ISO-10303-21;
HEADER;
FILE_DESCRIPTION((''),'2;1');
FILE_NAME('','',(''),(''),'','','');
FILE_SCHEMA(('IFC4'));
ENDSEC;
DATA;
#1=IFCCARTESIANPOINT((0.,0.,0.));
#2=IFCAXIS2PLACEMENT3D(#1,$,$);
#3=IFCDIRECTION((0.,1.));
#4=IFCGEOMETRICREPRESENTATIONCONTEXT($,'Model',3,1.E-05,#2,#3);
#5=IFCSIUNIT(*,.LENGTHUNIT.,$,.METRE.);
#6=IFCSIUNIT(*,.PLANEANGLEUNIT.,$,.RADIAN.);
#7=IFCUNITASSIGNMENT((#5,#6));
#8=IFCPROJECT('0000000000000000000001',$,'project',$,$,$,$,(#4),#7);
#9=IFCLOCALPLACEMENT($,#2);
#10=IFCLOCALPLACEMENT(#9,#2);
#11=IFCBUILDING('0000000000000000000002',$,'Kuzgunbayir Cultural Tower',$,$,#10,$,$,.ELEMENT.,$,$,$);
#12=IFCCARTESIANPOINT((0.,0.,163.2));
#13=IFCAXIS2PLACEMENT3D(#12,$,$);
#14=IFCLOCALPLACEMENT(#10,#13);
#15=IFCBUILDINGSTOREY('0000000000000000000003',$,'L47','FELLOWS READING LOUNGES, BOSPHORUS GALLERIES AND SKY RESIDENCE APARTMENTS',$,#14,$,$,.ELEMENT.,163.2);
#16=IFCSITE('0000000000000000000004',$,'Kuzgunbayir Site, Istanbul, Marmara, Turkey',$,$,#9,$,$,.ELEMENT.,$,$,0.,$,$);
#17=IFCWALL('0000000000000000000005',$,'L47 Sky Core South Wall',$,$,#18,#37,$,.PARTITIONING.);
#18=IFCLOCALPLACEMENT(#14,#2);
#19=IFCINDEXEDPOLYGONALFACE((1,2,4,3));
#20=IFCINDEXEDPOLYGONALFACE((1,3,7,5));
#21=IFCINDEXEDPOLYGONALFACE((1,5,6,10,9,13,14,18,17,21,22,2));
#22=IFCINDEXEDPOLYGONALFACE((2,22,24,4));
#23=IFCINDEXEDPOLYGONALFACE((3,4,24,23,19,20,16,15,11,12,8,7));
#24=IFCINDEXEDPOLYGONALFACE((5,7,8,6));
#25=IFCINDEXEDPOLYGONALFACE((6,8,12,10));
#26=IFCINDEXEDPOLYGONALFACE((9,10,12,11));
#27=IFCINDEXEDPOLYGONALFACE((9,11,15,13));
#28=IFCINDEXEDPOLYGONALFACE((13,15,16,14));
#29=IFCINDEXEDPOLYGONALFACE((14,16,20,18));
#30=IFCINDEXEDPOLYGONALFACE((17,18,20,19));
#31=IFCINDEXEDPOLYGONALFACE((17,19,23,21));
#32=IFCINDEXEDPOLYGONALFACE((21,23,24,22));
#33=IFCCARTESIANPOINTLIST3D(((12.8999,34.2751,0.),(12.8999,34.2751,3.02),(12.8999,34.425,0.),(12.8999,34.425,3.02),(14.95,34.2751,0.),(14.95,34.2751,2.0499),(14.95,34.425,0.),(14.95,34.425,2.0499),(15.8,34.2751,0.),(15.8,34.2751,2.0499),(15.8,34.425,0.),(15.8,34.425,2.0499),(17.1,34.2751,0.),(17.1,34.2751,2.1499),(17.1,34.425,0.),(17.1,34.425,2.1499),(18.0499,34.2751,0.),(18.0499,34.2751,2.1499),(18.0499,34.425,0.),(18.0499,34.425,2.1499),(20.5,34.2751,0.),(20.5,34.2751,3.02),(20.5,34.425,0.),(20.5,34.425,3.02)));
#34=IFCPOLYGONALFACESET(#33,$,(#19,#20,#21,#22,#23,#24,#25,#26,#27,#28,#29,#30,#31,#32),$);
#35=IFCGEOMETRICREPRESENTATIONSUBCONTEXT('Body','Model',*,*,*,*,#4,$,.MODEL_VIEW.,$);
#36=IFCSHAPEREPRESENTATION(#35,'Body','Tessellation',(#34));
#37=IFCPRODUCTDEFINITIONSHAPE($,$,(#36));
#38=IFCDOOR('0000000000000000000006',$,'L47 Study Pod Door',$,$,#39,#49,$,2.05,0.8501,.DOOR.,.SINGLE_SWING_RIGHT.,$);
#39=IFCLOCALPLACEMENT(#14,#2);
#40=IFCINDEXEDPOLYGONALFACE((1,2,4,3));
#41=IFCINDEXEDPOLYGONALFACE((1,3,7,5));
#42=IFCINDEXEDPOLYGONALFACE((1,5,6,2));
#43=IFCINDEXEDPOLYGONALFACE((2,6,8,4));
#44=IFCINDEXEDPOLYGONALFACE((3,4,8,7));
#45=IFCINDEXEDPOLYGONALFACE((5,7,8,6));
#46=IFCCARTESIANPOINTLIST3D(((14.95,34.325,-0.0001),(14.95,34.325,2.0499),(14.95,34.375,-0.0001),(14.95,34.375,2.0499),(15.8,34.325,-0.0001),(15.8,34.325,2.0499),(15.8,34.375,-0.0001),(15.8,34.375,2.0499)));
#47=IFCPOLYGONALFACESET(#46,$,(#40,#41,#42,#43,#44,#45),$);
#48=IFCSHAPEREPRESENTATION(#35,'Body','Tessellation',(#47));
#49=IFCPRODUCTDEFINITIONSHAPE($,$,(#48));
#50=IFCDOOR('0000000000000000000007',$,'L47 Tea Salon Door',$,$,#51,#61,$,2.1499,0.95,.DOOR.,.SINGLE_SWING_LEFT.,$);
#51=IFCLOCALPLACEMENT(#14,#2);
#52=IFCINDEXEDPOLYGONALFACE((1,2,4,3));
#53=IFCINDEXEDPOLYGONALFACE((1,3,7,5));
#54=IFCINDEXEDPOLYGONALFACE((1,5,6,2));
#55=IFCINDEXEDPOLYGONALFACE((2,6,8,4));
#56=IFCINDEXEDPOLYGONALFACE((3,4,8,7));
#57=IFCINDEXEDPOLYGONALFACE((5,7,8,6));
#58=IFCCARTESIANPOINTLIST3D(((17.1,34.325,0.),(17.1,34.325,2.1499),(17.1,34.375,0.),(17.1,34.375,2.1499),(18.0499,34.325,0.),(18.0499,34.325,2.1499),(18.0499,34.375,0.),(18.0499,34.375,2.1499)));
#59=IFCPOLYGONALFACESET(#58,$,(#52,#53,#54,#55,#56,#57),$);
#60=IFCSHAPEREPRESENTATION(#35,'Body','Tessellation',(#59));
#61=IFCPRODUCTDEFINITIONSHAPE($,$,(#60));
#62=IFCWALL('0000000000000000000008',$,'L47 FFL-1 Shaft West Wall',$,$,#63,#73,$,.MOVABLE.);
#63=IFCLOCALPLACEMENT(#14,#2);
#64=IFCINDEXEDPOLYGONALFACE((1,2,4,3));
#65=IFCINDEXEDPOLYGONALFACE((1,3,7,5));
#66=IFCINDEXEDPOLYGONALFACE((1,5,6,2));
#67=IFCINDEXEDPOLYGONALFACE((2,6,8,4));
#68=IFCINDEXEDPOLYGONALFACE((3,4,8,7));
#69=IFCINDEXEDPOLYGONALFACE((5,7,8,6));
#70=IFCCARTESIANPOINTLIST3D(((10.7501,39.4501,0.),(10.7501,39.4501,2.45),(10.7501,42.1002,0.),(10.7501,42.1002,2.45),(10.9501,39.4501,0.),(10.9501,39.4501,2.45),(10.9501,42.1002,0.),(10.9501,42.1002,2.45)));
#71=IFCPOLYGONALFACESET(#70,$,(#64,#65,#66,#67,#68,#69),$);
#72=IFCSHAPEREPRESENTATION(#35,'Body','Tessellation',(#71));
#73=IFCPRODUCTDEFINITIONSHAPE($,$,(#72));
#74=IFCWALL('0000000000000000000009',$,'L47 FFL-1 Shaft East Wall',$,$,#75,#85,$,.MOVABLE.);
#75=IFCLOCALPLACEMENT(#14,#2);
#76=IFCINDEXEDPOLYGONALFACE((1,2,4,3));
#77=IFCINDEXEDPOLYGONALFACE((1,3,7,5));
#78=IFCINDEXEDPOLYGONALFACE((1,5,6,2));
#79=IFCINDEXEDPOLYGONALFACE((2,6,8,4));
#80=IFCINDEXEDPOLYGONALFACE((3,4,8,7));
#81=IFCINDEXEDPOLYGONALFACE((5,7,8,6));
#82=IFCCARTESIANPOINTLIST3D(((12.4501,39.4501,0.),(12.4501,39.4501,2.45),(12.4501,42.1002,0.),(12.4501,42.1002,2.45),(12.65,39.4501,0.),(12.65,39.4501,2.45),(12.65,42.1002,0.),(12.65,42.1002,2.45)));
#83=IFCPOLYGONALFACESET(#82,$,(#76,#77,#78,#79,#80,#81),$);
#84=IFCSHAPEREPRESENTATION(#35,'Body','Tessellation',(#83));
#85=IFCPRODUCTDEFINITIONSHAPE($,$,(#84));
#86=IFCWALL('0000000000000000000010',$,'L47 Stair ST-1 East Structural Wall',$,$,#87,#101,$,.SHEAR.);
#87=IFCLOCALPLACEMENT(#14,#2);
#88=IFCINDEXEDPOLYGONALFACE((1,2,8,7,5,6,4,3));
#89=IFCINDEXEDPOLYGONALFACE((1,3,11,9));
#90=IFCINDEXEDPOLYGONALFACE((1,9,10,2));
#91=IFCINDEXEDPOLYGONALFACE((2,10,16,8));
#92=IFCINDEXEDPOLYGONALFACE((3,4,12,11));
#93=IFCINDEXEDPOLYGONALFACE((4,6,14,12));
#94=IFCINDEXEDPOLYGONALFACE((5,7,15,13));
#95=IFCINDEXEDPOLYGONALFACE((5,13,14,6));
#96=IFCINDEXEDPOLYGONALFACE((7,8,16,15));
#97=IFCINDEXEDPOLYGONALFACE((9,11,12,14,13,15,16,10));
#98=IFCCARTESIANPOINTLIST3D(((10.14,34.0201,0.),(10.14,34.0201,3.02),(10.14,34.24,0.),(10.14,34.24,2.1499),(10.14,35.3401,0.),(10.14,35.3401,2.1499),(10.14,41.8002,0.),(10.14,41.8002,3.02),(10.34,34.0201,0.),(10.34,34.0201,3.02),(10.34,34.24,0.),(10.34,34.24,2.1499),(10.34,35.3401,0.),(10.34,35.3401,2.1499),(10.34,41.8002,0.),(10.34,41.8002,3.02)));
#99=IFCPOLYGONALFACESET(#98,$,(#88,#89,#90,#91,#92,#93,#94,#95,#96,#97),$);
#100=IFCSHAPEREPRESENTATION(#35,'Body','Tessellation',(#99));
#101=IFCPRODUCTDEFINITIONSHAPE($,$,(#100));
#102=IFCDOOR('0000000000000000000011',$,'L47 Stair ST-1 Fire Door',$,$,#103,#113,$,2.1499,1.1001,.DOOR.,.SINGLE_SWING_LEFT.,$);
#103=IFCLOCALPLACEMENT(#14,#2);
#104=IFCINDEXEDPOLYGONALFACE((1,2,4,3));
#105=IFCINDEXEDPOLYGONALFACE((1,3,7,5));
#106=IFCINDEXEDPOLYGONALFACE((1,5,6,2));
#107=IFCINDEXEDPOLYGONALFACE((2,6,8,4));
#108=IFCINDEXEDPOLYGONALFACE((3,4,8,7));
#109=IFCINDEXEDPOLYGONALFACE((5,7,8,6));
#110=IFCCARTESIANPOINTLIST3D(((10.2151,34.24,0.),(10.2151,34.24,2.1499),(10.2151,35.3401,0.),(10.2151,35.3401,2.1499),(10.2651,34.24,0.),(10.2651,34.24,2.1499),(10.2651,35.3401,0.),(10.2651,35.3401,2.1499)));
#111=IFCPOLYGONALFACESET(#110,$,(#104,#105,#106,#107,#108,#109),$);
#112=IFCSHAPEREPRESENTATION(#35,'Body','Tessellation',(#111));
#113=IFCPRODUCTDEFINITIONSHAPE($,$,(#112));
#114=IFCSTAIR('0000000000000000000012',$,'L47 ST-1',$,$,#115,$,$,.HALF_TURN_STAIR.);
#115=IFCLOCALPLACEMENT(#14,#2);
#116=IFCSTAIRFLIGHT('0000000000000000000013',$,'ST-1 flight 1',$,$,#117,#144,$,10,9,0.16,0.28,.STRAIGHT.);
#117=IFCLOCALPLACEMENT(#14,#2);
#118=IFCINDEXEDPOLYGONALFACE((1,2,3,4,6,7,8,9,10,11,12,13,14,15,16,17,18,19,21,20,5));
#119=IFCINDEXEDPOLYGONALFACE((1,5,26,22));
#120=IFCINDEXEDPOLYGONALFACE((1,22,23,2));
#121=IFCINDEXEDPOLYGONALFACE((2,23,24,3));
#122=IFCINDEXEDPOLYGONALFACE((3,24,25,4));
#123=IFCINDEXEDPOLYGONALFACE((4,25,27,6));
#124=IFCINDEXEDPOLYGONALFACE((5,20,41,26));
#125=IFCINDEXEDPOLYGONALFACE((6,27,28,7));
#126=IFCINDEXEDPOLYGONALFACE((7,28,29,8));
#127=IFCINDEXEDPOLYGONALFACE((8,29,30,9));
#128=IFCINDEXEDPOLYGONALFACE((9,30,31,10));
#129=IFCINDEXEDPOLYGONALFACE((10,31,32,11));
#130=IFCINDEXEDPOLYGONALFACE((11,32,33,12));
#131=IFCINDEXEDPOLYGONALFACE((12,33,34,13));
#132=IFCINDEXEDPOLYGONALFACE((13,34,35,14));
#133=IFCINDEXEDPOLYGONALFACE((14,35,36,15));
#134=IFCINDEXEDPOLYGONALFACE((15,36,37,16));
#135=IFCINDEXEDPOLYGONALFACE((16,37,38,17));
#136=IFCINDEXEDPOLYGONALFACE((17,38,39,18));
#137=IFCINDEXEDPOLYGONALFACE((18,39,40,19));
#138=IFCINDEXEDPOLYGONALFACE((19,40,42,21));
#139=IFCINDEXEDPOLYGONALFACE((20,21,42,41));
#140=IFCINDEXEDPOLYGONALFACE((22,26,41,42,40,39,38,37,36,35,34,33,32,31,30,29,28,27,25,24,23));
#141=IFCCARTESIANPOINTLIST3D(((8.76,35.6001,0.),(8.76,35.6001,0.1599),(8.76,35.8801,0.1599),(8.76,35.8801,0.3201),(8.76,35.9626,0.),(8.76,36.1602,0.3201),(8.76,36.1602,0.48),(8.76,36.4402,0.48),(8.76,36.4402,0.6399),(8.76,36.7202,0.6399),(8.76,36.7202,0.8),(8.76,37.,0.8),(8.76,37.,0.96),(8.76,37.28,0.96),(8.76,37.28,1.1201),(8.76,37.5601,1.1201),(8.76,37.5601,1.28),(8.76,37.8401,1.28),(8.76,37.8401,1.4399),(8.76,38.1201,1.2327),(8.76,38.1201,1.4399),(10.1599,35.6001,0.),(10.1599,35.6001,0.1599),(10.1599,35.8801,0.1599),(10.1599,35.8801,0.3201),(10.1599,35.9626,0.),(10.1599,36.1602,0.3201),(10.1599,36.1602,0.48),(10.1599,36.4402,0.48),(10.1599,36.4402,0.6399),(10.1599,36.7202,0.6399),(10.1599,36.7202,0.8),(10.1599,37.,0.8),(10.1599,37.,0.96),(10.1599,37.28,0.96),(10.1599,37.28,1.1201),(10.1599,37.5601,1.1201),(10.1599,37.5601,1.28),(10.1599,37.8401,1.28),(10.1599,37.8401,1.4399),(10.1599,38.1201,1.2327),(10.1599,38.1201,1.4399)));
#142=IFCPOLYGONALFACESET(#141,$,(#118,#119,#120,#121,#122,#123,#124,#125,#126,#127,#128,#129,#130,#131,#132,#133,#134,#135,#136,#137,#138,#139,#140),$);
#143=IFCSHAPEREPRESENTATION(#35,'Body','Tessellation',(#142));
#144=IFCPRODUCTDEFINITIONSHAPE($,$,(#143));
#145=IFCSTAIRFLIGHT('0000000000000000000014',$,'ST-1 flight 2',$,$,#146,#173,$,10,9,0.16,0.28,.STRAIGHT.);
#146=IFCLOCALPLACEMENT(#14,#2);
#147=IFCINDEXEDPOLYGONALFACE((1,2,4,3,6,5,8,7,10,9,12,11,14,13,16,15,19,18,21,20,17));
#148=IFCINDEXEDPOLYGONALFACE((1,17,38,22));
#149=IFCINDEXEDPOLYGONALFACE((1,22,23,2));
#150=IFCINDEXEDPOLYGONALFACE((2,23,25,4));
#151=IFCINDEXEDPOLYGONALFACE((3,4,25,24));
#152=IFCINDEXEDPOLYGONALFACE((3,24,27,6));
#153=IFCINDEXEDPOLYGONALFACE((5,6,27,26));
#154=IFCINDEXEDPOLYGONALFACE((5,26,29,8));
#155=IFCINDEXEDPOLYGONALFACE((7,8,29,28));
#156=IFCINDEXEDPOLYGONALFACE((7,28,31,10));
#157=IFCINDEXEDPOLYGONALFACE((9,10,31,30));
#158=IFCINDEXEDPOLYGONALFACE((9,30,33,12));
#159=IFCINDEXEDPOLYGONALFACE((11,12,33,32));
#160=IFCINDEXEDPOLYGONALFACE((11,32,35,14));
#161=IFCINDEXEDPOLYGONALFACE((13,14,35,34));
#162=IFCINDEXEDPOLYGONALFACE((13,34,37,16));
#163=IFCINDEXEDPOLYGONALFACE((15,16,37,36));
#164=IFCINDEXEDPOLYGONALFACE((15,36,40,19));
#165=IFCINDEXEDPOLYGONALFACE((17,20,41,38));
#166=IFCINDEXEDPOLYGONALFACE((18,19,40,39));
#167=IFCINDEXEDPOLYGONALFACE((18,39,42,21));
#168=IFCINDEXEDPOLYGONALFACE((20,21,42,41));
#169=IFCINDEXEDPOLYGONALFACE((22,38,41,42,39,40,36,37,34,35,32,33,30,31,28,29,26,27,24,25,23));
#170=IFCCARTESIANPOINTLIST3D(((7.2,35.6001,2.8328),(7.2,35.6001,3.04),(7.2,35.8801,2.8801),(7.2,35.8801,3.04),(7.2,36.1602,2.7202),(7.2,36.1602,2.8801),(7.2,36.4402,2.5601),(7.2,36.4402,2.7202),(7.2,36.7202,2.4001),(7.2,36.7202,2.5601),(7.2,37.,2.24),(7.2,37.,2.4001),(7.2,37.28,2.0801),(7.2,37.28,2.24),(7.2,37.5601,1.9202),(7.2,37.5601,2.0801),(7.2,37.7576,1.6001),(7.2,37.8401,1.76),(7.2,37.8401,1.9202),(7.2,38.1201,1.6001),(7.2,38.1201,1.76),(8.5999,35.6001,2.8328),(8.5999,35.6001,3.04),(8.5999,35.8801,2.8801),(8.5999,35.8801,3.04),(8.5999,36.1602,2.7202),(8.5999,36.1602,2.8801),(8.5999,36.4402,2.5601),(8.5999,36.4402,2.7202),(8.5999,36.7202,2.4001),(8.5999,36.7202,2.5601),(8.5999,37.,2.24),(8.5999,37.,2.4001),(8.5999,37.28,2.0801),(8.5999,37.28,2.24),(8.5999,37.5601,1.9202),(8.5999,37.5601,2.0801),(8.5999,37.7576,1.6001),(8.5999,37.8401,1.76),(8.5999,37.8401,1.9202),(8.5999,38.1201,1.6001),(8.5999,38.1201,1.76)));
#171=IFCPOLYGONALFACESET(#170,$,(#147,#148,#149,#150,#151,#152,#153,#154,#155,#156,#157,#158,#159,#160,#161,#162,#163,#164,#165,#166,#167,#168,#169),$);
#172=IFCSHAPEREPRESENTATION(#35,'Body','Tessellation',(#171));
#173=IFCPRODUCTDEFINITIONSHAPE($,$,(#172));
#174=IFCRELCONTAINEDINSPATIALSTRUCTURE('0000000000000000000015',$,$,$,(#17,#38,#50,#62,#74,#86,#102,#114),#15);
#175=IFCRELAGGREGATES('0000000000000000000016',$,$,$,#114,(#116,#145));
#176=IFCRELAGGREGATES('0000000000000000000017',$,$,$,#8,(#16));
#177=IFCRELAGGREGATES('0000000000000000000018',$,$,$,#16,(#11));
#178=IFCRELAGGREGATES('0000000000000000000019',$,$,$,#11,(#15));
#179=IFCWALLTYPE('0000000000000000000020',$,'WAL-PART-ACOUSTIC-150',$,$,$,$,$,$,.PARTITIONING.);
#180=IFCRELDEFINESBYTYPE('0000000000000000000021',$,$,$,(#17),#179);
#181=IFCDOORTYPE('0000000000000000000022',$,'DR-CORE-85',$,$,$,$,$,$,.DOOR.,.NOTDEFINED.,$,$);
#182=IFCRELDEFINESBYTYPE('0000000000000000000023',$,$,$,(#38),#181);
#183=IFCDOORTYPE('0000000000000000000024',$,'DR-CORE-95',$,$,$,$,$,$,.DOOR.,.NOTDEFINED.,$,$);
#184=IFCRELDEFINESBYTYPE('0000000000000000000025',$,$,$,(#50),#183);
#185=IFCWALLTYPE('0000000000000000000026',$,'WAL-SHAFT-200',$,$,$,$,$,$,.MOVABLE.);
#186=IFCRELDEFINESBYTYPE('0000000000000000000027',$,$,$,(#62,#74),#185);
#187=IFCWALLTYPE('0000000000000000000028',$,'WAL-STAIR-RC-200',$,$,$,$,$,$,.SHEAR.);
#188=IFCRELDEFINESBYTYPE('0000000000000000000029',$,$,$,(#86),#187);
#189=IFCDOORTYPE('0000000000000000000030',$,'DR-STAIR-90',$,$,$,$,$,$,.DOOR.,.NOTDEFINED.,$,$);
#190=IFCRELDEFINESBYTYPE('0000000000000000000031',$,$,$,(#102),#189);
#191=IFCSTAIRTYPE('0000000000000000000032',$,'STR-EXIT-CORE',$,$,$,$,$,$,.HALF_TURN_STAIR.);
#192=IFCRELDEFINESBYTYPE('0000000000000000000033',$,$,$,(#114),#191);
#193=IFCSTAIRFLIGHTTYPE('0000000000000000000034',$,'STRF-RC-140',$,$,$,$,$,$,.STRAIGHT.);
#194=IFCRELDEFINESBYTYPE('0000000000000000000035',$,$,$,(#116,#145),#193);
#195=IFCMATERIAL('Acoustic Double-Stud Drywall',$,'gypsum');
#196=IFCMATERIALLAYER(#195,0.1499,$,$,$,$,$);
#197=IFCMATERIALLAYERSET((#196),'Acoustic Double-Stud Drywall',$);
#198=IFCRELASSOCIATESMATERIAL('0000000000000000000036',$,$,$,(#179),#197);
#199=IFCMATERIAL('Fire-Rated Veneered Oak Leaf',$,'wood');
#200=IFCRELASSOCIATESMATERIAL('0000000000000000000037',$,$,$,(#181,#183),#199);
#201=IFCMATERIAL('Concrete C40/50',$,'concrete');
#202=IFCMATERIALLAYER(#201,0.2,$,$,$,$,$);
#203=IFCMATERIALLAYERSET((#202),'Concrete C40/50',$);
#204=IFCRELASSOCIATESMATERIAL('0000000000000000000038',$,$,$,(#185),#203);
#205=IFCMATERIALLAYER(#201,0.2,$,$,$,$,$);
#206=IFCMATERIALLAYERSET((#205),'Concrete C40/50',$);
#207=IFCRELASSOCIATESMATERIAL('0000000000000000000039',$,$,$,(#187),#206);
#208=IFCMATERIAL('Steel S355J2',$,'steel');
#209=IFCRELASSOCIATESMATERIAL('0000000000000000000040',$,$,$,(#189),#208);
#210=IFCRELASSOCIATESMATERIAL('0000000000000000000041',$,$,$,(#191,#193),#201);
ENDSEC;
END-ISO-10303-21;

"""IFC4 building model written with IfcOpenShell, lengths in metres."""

from ifc_helpers import new_model, si_unit, direction, frame, frame_2d, origin, place, context, subcontext, project, spatial, polyline, rectangle, outline, extrude, material, layer, layer_set, type_object, element, fill, aggregate, save


model = new_model("IFC4")

# Units and contexts
model_context = context("Model", 3, precision=1e-05, world=origin(), true_north=direction((0.0, 1.0)))
body_context = subcontext(model_context, "Body", "Model", "MODEL_VIEW")
ifc_project = project(units=[si_unit("LENGTHUNIT", "METRE"), si_unit("PLANEANGLEUNIT", "RADIAN")], contexts=[model_context])

# Site, building, storey
site_placement = place(None, origin())
site = spatial("IfcSite", under=ifc_project, at=site_placement, Name="Kuzgunbayir Site, Istanbul, Marmara, Turkey", CompositionType="ELEMENT", RefElevation=0.0)
building_placement = place(site_placement, origin())
building = spatial("IfcBuilding", under=site, at=building_placement, Name="Kuzgunbayir Cultural Tower", CompositionType="ELEMENT")
storey_placement = place(building_placement, frame((0.0, 0.0, 163.2)))
storey = spatial("IfcBuildingStorey", under=building, at=storey_placement, Name="L47", Description="FELLOWS READING LOUNGES, BOSPHORUS GALLERIES AND SKY RESIDENCE APARTMENTS", CompositionType="ELEMENT", Elevation=163.2)

# Shared definitions
ifc_material_1 = material(Name="Steel S355J2", Category="steel")

# Wall, openings, doors
ifc_material_2 = material(Name="Acoustic Double-Stud Drywall", Category="gypsum")
ifc_layer_1 = layer(ifc_material_2, 0.1499)
ifc_layer_set_1 = layer_set([ifc_layer_1], Name="Acoustic Double-Stud Drywall")
wall_type_1 = type_object("IfcWallType", Name="WAL-PART-ACOUSTIC-150", PredefinedType="PARTITIONING", material=ifc_layer_set_1)
wall_1_placement = place(storey_placement, frame((12.8999, 34.3501, 0.0), z_axis=(0.0, 0.0, 1.0), x_axis=(1.0, 0.0, 0.0)))
wall_1 = element("IfcWall", 1, at=wall_1_placement, inside=storey, type_object=wall_type_1, Name="L47 Sky Core South Wall", PredefinedType="PARTITIONING", context=body_context, shape_type="SweptSolid", body=[
    extrude(rectangle(XDim=7.6001, YDim=0.1499, at=frame_2d((3.8, 0.0))), origin(), (0.0, 0.0, 1.0), 3.02),
])
opening_1_placement = place(wall_1_placement, frame((2.05, 0.0, 0.0)))
opening_1 = element("IfcOpeningElement", 2, at=opening_1_placement, cuts=wall_1, PredefinedType="OPENING", context=body_context, shape_type="SweptSolid", body=[
    extrude(rectangle(XDim=0.8501, YDim=2.05, at=frame_2d((0.425, 1.0249))), frame((0.0, 0.085, 0.0), z_axis=(0.0, -1.0, 0.0), x_axis=(1.0, 0.0, 0.0)), (0.0, 0.0, 1.0), 0.1699),
])
opening_2_placement = place(wall_1_placement, frame((4.2, 0.0, 0.0)))
opening_2 = element("IfcOpeningElement", 3, at=opening_2_placement, cuts=wall_1, PredefinedType="OPENING", context=body_context, shape_type="SweptSolid", body=[
    extrude(rectangle(XDim=0.95, YDim=2.1499, at=frame_2d((0.4751, 1.075))), frame((0.0, 0.085, 0.0), z_axis=(0.0, -1.0, 0.0), x_axis=(1.0, 0.0, 0.0)), (0.0, 0.0, 1.0), 0.1699),
])
ifc_material_3 = material(Name="Fire-Rated Veneered Oak Leaf", Category="wood")
door_type_1 = type_object("IfcDoorType", Name="DR-CORE-85", OperationType="NOTDEFINED", PredefinedType="DOOR", material=ifc_material_3)
door_1_placement = place(opening_1_placement, origin())
door_1 = element("IfcDoor", 4, at=door_1_placement, inside=storey, type_object=door_type_1, Name="L47 Study Pod Door", OperationType="SINGLE_SWING_RIGHT", OverallHeight=2.05, OverallWidth=0.8501, PredefinedType="DOOR", context=body_context, shape_type="SweptSolid", body=[
    extrude(rectangle(XDim=0.8501, YDim=2.05, at=frame_2d((0.425, 1.0249))), frame((0.0, 0.0249, 0.0), z_axis=(0.0, -1.0, 0.0), x_axis=(1.0, 0.0, 0.0)), (0.0, 0.0, 1.0), 0.05),
])
fill(opening_1, door_1)
door_type_2 = type_object("IfcDoorType", Name="DR-CORE-95", OperationType="NOTDEFINED", PredefinedType="DOOR", material=ifc_material_3)
door_2_placement = place(opening_2_placement, origin())
door_2 = element("IfcDoor", 5, at=door_2_placement, inside=storey, type_object=door_type_2, Name="L47 Tea Salon Door", OperationType="SINGLE_SWING_LEFT", OverallHeight=2.1499, OverallWidth=0.95, PredefinedType="DOOR", context=body_context, shape_type="SweptSolid", body=[
    extrude(rectangle(XDim=0.95, YDim=2.1499, at=frame_2d((0.4751, 1.075))), frame((0.0, 0.0249, 0.0), z_axis=(0.0, -1.0, 0.0), x_axis=(1.0, 0.0, 0.0)), (0.0, 0.0, 1.0), 0.05),
])
fill(opening_2, door_2)

# Shared definitions
ifc_material_4 = material(Name="Concrete C40/50", Category="concrete")
ifc_layer_2 = layer(ifc_material_4, 0.2)
ifc_layer_set_2 = layer_set([ifc_layer_2], Name="Concrete C40/50")
wall_type_2 = type_object("IfcWallType", Name="WAL-SHAFT-200", PredefinedType="MOVABLE", material=ifc_layer_set_2)

# Walls
for number, where, z_axis, x_axis, name in (
    (6, (10.8501, 39.45, 0.0), (0.0, 0.0, 1.0), (0.0, 1.0, 0.0), "L47 FFL-1 Shaft West Wall"),
    (7, (12.55, 39.45, 0.0), (0.0, 0.0, 1.0), (0.0, 1.0, 0.0), "L47 FFL-1 Shaft East Wall"),
):
    element("IfcWall", number, at=place(storey_placement, frame(where, z_axis=z_axis, x_axis=x_axis)), inside=storey, type_object=wall_type_2, Name=name, PredefinedType="MOVABLE", context=body_context, shape_type="SweptSolid", body=[
        extrude(rectangle(XDim=2.6501, YDim=0.2, at=frame_2d((1.3252, 0.0))), origin(), (0.0, 0.0, 1.0), 2.45),
    ])

# Wall, opening, door
ifc_layer_3 = layer(ifc_material_4, 0.2)
ifc_layer_set_3 = layer_set([ifc_layer_3], Name="Concrete C40/50")
wall_type_3 = type_object("IfcWallType", Name="WAL-STAIR-RC-200", PredefinedType="SHEAR", material=ifc_layer_set_3)
wall_2_placement = place(storey_placement, frame((10.24, 34.02, 0.0), z_axis=(0.0, 0.0, 1.0), x_axis=(0.0, 1.0, 0.0)))
wall_2 = element("IfcWall", 8, at=wall_2_placement, inside=storey, type_object=wall_type_3, Name="L47 Stair ST-1 East Structural Wall", PredefinedType="SHEAR", context=body_context, shape_type="SweptSolid", body=[
    extrude(rectangle(XDim=7.78, YDim=0.2, at=frame_2d((3.8901, 0.0))), origin(), (0.0, 0.0, 1.0), 3.02),
])
opening_3_placement = place(wall_2_placement, frame((0.22, 0.0, 0.0)))
opening_3 = element("IfcOpeningElement", 9, at=opening_3_placement, cuts=wall_2, PredefinedType="OPENING", context=body_context, shape_type="SweptSolid", body=[
    extrude(rectangle(XDim=1.1001, YDim=2.1499, at=frame_2d((0.55, 1.075))), frame((0.0, 0.1099, 0.0), z_axis=(0.0, -1.0, 0.0), x_axis=(1.0, 0.0, 0.0)), (0.0, 0.0, 1.0), 0.22),
])
door_type_3 = type_object("IfcDoorType", Name="DR-STAIR-90", OperationType="NOTDEFINED", PredefinedType="DOOR", material=ifc_material_1)
door_3_placement = place(opening_3_placement, origin())
door_3 = element("IfcDoor", 10, at=door_3_placement, inside=storey, type_object=door_type_3, Name="L47 Stair ST-1 Fire Door", OperationType="SINGLE_SWING_LEFT", OverallHeight=2.1499, OverallWidth=1.1001, PredefinedType="DOOR", context=body_context, shape_type="SweptSolid", body=[
    extrude(rectangle(XDim=1.1001, YDim=2.1499, at=frame_2d((0.55, 1.075))), frame((0.0, 0.0249, 0.0), z_axis=(0.0, -1.0, 0.0), x_axis=(1.0, 0.0, 0.0)), (0.0, 0.0, 1.0), 0.05),
])
fill(opening_3, door_3)

# Stair, stair flights
stair_type = type_object("IfcStairType", Name="STR-EXIT-CORE", PredefinedType="HALF_TURN_STAIR", material=ifc_material_4)
stair_placement = place(storey_placement, origin())
stair = element("IfcStair", 11, at=stair_placement, inside=storey, type_object=stair_type, Name="L47 ST-1", PredefinedType="HALF_TURN_STAIR")
stair_flight_type = type_object("IfcStairFlightType", Name="STRF-RC-140", PredefinedType="STRAIGHT", material=ifc_material_4)
stair_flight_1_placement = place(storey_placement, frame((9.46, 35.6001, 0.0), z_axis=(0.0, 0.0, 1.0), x_axis=(0.0, 1.0, 0.0)))
stair_flight_1 = element("IfcStairFlight", 12, at=stair_flight_1_placement, type_object=stair_flight_type, Name="ST-1 flight 1", NumberOfRisers=10, NumberOfTreads=9, PredefinedType="STRAIGHT", RiserHeight=0.16, TreadLength=0.28, context=body_context, shape_type="SweptSolid", body=[
    extrude(outline(polyline([(0.0, 0.0), (0.0, 0.1599), (0.28, 0.1599), (0.28, 0.3201), (0.5601, 0.3201), (0.5601, 0.48), (0.8401, 0.48), (0.8401, 0.6399), (1.1201, 0.6399), (1.1201, 0.8), (1.3999, 0.8), (1.3999, 0.96), (1.6799, 0.96), (1.6799, 1.1201), (1.96, 1.1201), (1.96, 1.28), (2.24, 1.28), (2.24, 1.4399), (2.52, 1.4399), (2.52, 1.6001), (2.52, 1.2327), (0.3625, 0.0), (0.0, 0.0)])), frame((0.0, 0.7, 0.0), z_axis=(0.0, -1.0, 0.0), x_axis=(1.0, 0.0, 0.0)), (0.0, 0.0, 1.0), 1.3999),
])
stair_flight_2_placement = place(storey_placement, frame((7.8999, 38.1201, 1.6001), z_axis=(0.0, 0.0, 1.0), x_axis=(0.0, -1.0, 0.0)))
stair_flight_2 = element("IfcStairFlight", 13, at=stair_flight_2_placement, type_object=stair_flight_type, Name="ST-1 flight 2", NumberOfRisers=10, NumberOfTreads=9, PredefinedType="STRAIGHT", RiserHeight=0.16, TreadLength=0.28, context=body_context, shape_type="SweptSolid", body=[
    extrude(outline(polyline([(0.0, 0.0), (0.0, 0.1599), (0.28, 0.1599), (0.28, 0.3201), (0.5601, 0.3201), (0.5601, 0.48), (0.8401, 0.48), (0.8401, 0.6399), (1.1201, 0.6399), (1.1201, 0.8), (1.3999, 0.8), (1.3999, 0.96), (1.6799, 0.96), (1.6799, 1.1201), (1.96, 1.1201), (1.96, 1.28), (2.24, 1.28), (2.24, 1.4399), (2.52, 1.4399), (2.52, 1.6001), (2.52, 1.2327), (0.3625, 0.0), (0.0, 0.0)])), frame((0.0, 0.7, 0.0), z_axis=(0.0, -1.0, 0.0), x_axis=(1.0, 0.0, 0.0)), (0.0, 0.0, 1.0), 1.3999),
])
aggregate(stair, [stair_flight_1, stair_flight_2])

save(model, "model.ifc")
